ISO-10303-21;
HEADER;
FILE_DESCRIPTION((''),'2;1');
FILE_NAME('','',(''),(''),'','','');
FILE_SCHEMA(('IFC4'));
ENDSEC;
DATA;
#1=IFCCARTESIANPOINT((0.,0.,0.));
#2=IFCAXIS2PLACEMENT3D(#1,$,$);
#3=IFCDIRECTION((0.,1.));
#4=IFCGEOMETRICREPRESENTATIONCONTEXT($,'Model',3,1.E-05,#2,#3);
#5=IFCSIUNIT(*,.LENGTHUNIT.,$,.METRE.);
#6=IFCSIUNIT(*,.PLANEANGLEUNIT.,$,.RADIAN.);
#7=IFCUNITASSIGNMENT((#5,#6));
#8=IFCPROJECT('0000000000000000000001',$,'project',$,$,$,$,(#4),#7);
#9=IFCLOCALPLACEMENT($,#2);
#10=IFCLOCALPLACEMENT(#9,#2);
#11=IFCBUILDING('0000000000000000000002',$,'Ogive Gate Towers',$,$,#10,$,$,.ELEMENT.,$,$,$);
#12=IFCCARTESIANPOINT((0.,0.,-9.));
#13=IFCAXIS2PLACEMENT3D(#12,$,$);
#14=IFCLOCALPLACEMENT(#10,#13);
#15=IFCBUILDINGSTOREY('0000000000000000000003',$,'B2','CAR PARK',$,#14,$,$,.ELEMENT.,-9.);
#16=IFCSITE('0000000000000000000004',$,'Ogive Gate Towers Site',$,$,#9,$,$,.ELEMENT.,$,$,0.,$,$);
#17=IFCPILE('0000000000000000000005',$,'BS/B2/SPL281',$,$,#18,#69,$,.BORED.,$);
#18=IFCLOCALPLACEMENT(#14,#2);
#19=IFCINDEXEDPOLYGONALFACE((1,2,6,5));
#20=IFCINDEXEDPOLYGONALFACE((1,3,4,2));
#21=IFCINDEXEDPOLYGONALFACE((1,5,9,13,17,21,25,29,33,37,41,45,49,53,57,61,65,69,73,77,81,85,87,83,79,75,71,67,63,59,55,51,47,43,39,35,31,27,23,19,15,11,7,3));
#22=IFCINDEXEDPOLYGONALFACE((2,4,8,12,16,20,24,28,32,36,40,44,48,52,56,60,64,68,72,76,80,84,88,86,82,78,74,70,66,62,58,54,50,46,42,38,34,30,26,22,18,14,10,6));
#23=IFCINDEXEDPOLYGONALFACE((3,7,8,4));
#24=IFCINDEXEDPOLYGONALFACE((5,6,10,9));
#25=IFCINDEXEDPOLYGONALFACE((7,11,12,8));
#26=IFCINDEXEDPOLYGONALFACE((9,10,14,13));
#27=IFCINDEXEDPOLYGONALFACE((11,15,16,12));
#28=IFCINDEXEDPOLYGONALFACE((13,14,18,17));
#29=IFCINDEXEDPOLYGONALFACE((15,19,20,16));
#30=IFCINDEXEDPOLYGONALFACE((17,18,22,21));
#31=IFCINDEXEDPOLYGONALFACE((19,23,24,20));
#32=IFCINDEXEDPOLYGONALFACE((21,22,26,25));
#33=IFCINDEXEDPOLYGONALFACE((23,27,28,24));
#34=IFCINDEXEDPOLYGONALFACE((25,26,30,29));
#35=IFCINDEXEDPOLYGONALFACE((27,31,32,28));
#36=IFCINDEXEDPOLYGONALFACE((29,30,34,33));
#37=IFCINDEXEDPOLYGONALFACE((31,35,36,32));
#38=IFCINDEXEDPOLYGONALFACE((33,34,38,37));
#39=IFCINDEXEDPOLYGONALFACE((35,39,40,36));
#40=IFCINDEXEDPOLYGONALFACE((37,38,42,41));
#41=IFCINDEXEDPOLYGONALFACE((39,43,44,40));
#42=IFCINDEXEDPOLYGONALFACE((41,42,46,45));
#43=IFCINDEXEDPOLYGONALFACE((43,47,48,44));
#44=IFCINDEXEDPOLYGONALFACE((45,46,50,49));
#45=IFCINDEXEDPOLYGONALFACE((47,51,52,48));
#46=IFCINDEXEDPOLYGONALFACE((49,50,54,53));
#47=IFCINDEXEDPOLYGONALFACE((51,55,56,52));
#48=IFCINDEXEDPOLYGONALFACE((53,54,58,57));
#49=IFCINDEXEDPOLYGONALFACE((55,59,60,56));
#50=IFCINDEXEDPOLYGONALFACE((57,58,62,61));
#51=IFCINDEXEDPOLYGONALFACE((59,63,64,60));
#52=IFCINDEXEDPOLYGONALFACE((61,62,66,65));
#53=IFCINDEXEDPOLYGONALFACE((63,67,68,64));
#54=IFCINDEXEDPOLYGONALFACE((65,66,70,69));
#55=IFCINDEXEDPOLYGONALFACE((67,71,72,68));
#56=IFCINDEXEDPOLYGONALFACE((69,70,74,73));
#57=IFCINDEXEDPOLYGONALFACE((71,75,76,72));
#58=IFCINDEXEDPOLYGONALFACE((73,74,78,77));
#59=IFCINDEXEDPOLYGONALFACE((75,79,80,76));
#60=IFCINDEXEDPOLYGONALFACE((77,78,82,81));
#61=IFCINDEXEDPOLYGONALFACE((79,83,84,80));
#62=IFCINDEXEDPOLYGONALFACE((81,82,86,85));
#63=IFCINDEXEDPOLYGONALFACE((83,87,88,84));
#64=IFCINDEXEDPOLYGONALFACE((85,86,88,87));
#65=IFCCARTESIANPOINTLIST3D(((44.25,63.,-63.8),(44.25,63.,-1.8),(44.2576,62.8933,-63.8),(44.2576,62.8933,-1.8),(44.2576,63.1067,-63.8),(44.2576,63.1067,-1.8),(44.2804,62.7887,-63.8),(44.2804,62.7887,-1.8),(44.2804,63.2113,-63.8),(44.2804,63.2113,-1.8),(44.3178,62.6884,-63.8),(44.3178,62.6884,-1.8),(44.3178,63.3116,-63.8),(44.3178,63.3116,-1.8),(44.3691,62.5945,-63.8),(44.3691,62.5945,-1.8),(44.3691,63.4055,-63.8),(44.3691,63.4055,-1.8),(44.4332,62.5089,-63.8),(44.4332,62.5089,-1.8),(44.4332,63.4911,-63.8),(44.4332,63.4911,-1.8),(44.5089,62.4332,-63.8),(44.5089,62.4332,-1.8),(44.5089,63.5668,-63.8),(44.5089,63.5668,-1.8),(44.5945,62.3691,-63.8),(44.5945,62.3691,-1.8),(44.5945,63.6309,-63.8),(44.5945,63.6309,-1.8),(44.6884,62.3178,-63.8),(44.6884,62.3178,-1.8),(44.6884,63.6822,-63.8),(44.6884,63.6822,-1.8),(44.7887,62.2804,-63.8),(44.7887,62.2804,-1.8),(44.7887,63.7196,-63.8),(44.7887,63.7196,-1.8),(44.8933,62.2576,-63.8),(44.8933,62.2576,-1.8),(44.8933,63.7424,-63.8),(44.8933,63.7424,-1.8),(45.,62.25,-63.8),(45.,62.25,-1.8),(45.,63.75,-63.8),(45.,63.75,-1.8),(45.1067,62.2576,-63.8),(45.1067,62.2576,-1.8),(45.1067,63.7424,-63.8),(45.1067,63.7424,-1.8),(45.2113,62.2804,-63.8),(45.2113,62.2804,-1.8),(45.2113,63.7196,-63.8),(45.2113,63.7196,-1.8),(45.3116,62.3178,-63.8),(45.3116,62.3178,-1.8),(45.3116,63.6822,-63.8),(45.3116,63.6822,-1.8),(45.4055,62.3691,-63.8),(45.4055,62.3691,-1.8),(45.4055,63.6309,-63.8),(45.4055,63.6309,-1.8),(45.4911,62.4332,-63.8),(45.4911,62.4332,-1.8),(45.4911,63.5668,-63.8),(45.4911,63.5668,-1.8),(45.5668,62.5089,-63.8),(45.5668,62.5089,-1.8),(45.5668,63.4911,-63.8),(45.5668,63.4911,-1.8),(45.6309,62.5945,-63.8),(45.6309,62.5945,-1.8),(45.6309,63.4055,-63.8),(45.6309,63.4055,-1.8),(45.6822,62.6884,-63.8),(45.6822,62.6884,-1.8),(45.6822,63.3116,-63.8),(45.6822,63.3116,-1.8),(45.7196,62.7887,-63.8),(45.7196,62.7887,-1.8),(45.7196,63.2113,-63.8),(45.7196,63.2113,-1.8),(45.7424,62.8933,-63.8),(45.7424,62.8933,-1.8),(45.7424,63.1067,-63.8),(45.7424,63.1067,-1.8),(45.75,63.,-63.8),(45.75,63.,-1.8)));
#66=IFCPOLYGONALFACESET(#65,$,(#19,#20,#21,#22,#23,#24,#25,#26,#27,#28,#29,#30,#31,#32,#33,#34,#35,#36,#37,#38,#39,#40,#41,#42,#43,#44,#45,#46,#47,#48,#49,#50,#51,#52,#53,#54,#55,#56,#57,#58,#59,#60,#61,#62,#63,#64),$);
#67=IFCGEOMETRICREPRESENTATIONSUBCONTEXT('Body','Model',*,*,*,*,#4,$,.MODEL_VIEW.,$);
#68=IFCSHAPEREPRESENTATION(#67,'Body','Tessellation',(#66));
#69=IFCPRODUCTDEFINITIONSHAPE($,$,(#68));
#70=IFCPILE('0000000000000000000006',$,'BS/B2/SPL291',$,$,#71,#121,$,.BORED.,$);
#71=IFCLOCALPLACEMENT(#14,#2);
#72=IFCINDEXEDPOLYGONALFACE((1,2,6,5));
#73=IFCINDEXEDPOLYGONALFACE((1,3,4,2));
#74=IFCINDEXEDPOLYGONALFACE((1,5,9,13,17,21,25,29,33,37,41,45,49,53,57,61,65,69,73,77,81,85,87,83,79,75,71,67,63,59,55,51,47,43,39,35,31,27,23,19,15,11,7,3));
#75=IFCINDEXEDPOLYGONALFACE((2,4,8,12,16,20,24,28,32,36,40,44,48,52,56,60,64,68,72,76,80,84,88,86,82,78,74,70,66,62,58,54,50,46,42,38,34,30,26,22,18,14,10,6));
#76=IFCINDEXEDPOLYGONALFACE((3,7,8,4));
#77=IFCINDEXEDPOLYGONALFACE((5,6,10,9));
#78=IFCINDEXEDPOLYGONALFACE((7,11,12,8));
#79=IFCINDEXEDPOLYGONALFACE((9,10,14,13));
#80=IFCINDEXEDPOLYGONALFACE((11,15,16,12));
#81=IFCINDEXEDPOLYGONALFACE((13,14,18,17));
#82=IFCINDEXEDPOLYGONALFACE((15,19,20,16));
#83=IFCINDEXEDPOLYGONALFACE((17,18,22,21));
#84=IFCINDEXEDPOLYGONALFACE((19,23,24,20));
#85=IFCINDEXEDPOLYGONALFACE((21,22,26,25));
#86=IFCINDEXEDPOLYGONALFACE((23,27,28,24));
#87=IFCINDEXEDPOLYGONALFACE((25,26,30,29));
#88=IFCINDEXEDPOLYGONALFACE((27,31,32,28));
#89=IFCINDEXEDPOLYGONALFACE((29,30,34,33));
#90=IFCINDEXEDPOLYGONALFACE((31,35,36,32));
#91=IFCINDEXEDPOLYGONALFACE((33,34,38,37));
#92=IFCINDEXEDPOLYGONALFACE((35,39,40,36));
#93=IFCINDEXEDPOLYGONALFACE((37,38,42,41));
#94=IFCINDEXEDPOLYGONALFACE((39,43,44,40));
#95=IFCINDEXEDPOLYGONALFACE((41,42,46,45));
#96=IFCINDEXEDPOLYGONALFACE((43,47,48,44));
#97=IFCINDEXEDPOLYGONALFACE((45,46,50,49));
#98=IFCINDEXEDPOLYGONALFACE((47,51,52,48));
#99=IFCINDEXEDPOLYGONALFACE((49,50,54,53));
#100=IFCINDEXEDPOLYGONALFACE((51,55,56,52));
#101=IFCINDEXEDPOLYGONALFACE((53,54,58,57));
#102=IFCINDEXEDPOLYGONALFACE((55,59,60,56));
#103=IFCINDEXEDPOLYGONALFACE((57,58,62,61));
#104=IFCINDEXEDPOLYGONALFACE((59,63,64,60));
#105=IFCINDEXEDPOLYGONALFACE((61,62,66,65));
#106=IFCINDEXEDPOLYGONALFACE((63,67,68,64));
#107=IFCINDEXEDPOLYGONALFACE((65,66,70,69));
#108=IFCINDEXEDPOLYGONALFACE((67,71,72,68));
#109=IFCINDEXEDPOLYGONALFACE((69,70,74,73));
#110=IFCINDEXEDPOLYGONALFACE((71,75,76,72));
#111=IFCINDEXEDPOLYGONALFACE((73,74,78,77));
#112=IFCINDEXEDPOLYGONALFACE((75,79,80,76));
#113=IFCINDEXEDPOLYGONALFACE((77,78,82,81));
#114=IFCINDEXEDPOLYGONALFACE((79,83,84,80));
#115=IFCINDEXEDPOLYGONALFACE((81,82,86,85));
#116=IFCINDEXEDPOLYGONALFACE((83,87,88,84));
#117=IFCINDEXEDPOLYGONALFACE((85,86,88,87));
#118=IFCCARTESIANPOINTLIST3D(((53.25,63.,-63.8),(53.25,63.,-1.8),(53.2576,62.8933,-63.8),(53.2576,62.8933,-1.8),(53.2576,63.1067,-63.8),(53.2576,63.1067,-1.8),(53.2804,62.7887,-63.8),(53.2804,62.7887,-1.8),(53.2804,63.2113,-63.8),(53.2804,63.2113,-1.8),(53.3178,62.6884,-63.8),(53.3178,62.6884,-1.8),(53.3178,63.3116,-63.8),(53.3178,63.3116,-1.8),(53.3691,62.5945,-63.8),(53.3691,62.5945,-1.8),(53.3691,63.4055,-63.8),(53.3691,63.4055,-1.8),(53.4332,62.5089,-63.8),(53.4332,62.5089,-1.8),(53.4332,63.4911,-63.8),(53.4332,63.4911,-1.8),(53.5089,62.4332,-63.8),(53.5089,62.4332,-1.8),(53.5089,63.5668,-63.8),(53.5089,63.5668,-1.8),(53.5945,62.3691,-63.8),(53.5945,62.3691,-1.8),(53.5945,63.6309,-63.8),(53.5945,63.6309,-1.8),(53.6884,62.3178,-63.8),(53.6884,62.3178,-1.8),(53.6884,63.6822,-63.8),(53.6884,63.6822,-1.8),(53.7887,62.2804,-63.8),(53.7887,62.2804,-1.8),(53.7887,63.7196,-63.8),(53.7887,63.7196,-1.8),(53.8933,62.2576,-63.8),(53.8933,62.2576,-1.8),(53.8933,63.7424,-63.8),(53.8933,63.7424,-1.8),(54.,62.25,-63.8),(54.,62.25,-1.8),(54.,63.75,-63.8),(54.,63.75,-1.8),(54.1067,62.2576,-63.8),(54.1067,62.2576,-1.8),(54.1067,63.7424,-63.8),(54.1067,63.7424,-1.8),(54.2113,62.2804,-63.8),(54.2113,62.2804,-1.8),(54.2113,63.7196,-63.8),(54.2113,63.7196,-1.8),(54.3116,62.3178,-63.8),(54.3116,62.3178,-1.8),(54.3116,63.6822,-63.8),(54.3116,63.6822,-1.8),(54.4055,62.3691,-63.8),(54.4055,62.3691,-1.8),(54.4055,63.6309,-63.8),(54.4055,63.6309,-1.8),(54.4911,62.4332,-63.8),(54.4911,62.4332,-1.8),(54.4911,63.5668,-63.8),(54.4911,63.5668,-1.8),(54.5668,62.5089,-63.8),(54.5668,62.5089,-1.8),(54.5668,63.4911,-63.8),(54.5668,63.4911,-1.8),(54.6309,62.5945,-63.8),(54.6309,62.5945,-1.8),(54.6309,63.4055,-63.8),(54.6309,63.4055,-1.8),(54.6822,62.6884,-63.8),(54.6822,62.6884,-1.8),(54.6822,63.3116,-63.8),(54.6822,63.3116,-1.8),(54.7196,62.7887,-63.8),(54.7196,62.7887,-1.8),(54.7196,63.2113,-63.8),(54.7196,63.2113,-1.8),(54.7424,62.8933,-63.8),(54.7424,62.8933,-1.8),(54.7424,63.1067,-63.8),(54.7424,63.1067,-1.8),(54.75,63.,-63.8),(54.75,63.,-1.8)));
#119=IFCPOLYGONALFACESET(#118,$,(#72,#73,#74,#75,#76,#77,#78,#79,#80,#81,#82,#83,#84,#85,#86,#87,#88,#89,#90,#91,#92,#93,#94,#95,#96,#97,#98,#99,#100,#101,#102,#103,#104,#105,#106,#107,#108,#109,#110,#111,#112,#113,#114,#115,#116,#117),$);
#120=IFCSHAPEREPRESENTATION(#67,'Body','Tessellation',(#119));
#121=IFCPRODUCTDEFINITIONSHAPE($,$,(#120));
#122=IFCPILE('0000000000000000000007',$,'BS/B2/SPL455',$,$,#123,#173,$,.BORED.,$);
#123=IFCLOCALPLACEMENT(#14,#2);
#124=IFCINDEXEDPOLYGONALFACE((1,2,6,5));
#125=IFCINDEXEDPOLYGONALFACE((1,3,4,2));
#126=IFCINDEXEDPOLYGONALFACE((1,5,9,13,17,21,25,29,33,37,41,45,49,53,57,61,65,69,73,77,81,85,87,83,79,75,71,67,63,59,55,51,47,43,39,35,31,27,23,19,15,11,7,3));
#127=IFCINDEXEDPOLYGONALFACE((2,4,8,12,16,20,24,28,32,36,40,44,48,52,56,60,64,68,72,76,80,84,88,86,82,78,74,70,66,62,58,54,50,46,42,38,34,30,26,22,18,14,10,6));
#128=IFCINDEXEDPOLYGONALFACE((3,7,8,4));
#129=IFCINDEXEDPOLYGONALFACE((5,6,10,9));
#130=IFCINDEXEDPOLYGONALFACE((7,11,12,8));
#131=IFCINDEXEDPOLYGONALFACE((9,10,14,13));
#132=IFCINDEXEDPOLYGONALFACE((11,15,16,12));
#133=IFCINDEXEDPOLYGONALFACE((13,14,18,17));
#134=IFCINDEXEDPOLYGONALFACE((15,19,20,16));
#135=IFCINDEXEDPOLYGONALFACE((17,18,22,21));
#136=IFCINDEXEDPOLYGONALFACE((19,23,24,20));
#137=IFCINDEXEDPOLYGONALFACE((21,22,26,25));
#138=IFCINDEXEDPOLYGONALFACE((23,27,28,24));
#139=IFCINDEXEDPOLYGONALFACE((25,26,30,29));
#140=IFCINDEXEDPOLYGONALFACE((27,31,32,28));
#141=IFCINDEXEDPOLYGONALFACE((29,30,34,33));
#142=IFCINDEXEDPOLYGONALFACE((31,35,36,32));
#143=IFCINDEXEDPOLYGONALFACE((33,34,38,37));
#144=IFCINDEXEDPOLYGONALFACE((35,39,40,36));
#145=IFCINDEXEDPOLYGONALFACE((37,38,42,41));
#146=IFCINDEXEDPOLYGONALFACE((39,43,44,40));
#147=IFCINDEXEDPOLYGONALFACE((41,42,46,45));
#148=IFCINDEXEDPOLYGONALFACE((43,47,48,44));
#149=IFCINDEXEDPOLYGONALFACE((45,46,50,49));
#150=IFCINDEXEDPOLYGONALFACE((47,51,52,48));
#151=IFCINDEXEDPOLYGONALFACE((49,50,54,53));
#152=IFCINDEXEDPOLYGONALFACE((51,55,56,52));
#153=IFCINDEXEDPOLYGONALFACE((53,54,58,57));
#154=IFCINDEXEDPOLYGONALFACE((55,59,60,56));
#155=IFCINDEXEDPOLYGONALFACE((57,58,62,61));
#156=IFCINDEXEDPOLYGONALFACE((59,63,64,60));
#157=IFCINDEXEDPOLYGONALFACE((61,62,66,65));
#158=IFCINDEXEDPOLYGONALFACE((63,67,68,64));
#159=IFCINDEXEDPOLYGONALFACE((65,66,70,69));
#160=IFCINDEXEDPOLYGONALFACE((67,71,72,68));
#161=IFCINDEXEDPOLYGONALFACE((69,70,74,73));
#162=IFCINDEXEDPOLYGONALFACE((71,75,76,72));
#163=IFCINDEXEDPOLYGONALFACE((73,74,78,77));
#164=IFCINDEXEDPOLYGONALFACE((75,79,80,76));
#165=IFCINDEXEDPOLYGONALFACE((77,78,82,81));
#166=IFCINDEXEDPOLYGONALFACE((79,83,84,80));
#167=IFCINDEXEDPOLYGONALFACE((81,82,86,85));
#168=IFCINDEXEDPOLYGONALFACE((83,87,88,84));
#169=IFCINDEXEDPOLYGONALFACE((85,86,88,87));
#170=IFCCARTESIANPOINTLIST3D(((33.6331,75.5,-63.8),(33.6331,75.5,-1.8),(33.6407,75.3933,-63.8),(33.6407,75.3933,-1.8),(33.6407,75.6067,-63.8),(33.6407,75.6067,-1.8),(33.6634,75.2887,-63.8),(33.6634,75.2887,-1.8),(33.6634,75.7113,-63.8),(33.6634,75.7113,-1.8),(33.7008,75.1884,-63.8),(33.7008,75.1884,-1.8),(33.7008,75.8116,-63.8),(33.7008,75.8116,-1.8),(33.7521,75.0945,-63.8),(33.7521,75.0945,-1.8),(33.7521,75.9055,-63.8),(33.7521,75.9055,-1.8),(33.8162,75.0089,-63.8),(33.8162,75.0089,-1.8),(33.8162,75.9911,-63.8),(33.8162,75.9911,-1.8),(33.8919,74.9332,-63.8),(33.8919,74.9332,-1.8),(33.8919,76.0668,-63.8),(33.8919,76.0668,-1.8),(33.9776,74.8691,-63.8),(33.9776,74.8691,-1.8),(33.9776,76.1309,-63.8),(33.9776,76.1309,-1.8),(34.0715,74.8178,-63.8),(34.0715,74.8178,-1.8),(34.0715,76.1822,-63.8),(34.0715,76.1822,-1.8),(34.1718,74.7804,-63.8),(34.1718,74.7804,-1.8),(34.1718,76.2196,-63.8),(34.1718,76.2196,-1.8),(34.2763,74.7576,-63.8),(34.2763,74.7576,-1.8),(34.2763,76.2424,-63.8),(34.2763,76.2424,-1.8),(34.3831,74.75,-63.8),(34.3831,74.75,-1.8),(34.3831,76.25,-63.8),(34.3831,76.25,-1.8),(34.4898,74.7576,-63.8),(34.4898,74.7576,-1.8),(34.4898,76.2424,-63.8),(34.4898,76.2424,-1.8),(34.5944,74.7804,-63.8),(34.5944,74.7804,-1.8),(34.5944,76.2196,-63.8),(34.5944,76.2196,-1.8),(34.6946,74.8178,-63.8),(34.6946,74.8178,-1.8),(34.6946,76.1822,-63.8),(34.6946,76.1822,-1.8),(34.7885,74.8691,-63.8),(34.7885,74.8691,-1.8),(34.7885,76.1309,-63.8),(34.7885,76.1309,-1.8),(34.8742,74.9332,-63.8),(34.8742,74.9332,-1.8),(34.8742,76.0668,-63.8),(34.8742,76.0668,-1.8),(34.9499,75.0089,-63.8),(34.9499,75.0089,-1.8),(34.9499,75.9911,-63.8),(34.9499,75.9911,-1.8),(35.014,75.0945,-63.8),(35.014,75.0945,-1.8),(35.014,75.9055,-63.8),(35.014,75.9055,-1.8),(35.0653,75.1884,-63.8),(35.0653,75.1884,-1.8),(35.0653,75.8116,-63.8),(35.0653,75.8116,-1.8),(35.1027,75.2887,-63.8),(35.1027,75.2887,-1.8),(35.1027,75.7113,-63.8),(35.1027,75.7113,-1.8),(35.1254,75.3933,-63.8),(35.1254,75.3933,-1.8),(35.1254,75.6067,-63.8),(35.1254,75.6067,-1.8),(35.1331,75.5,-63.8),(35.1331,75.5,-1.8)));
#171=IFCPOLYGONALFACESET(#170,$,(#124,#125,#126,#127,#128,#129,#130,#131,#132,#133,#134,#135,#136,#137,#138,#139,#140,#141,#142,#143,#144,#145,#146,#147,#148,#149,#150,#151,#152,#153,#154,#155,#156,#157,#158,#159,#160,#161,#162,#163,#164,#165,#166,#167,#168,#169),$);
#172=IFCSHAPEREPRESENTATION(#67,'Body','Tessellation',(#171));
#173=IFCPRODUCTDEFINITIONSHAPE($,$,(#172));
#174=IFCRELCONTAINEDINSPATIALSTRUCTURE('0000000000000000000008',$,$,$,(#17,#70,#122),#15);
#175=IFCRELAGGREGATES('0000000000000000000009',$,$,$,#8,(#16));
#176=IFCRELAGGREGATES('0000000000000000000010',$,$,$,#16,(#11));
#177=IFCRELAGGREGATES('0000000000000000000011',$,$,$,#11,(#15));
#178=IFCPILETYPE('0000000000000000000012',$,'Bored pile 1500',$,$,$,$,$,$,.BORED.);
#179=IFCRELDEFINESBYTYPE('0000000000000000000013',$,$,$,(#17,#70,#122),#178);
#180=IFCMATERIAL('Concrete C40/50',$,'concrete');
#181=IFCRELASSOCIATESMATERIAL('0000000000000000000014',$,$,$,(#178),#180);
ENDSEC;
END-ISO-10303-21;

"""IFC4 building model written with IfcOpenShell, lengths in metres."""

from ifc_helpers import new_model, si_unit, direction, frame, origin, origin_2d, place, context, subcontext, project, spatial, circle, extrude, material, material_profile, profile_set, type_object, element, save


model = new_model("IFC4")

# Units and contexts
model_context = context("Model", 3, precision=1e-05, world=origin(), true_north=direction((0.0, 1.0)))
body_context = subcontext(model_context, "Body", "Model", "MODEL_VIEW")
ifc_project = project(units=[si_unit("LENGTHUNIT", "METRE"), si_unit("PLANEANGLEUNIT", "RADIAN")], contexts=[model_context])

# Site, building, storey
site_placement = place(None, origin())
site = spatial("IfcSite", under=ifc_project, at=site_placement, Name="Ogive Gate Towers Site", CompositionType="ELEMENT", RefElevation=0.0)
building_placement = place(site_placement, origin())
building = spatial("IfcBuilding", under=site, at=building_placement, Name="Ogive Gate Towers", CompositionType="ELEMENT")
storey_placement = place(building_placement, frame((0.0, 0.0, -9.0)))
storey = spatial("IfcBuildingStorey", under=building, at=storey_placement, Name="B2", Description="CAR PARK", CompositionType="ELEMENT", Elevation=-9.0)

# Piles
ifc_material_1 = material(Name="Concrete C40/50", Category="concrete")
ifc_material_profile_1 = material_profile(ifc_material_1, circle(Radius=0.75, at=origin_2d()), Name="BP 1500")
ifc_profile_set_1 = profile_set([ifc_material_profile_1], Name="Concrete C40/50")
pile_type = type_object("IfcPileType", Name="Bored pile 1500", PredefinedType="BORED", material=ifc_profile_set_1)
for number, where, z_axis, x_axis, name in (
    (1, (45.0, 63.0, -1.8), (0.0, 0.0, -1.0), (1.0, 0.0, 0.0), "BS/B2/SPL281"),
    (2, (54.0, 63.0, -1.8), (0.0, 0.0, -1.0), (1.0, 0.0, 0.0), "BS/B2/SPL291"),
    (3, (34.3831, 75.5, -1.8), (0.0, 0.0, -1.0), (1.0, 0.0, 0.0), "BS/B2/SPL455"),
):
    element("IfcPile", number, at=place(storey_placement, frame(where, z_axis=z_axis, x_axis=x_axis)), inside=storey, type_object=pile_type, Name=name, PredefinedType="BORED", context=body_context, shape_type="SweptSolid", body=[
        extrude(circle(Radius=0.75, at=origin_2d()), origin(), (0.0, 0.0, 1.0), 62.0),
    ])

save(model, "model.ifc")
